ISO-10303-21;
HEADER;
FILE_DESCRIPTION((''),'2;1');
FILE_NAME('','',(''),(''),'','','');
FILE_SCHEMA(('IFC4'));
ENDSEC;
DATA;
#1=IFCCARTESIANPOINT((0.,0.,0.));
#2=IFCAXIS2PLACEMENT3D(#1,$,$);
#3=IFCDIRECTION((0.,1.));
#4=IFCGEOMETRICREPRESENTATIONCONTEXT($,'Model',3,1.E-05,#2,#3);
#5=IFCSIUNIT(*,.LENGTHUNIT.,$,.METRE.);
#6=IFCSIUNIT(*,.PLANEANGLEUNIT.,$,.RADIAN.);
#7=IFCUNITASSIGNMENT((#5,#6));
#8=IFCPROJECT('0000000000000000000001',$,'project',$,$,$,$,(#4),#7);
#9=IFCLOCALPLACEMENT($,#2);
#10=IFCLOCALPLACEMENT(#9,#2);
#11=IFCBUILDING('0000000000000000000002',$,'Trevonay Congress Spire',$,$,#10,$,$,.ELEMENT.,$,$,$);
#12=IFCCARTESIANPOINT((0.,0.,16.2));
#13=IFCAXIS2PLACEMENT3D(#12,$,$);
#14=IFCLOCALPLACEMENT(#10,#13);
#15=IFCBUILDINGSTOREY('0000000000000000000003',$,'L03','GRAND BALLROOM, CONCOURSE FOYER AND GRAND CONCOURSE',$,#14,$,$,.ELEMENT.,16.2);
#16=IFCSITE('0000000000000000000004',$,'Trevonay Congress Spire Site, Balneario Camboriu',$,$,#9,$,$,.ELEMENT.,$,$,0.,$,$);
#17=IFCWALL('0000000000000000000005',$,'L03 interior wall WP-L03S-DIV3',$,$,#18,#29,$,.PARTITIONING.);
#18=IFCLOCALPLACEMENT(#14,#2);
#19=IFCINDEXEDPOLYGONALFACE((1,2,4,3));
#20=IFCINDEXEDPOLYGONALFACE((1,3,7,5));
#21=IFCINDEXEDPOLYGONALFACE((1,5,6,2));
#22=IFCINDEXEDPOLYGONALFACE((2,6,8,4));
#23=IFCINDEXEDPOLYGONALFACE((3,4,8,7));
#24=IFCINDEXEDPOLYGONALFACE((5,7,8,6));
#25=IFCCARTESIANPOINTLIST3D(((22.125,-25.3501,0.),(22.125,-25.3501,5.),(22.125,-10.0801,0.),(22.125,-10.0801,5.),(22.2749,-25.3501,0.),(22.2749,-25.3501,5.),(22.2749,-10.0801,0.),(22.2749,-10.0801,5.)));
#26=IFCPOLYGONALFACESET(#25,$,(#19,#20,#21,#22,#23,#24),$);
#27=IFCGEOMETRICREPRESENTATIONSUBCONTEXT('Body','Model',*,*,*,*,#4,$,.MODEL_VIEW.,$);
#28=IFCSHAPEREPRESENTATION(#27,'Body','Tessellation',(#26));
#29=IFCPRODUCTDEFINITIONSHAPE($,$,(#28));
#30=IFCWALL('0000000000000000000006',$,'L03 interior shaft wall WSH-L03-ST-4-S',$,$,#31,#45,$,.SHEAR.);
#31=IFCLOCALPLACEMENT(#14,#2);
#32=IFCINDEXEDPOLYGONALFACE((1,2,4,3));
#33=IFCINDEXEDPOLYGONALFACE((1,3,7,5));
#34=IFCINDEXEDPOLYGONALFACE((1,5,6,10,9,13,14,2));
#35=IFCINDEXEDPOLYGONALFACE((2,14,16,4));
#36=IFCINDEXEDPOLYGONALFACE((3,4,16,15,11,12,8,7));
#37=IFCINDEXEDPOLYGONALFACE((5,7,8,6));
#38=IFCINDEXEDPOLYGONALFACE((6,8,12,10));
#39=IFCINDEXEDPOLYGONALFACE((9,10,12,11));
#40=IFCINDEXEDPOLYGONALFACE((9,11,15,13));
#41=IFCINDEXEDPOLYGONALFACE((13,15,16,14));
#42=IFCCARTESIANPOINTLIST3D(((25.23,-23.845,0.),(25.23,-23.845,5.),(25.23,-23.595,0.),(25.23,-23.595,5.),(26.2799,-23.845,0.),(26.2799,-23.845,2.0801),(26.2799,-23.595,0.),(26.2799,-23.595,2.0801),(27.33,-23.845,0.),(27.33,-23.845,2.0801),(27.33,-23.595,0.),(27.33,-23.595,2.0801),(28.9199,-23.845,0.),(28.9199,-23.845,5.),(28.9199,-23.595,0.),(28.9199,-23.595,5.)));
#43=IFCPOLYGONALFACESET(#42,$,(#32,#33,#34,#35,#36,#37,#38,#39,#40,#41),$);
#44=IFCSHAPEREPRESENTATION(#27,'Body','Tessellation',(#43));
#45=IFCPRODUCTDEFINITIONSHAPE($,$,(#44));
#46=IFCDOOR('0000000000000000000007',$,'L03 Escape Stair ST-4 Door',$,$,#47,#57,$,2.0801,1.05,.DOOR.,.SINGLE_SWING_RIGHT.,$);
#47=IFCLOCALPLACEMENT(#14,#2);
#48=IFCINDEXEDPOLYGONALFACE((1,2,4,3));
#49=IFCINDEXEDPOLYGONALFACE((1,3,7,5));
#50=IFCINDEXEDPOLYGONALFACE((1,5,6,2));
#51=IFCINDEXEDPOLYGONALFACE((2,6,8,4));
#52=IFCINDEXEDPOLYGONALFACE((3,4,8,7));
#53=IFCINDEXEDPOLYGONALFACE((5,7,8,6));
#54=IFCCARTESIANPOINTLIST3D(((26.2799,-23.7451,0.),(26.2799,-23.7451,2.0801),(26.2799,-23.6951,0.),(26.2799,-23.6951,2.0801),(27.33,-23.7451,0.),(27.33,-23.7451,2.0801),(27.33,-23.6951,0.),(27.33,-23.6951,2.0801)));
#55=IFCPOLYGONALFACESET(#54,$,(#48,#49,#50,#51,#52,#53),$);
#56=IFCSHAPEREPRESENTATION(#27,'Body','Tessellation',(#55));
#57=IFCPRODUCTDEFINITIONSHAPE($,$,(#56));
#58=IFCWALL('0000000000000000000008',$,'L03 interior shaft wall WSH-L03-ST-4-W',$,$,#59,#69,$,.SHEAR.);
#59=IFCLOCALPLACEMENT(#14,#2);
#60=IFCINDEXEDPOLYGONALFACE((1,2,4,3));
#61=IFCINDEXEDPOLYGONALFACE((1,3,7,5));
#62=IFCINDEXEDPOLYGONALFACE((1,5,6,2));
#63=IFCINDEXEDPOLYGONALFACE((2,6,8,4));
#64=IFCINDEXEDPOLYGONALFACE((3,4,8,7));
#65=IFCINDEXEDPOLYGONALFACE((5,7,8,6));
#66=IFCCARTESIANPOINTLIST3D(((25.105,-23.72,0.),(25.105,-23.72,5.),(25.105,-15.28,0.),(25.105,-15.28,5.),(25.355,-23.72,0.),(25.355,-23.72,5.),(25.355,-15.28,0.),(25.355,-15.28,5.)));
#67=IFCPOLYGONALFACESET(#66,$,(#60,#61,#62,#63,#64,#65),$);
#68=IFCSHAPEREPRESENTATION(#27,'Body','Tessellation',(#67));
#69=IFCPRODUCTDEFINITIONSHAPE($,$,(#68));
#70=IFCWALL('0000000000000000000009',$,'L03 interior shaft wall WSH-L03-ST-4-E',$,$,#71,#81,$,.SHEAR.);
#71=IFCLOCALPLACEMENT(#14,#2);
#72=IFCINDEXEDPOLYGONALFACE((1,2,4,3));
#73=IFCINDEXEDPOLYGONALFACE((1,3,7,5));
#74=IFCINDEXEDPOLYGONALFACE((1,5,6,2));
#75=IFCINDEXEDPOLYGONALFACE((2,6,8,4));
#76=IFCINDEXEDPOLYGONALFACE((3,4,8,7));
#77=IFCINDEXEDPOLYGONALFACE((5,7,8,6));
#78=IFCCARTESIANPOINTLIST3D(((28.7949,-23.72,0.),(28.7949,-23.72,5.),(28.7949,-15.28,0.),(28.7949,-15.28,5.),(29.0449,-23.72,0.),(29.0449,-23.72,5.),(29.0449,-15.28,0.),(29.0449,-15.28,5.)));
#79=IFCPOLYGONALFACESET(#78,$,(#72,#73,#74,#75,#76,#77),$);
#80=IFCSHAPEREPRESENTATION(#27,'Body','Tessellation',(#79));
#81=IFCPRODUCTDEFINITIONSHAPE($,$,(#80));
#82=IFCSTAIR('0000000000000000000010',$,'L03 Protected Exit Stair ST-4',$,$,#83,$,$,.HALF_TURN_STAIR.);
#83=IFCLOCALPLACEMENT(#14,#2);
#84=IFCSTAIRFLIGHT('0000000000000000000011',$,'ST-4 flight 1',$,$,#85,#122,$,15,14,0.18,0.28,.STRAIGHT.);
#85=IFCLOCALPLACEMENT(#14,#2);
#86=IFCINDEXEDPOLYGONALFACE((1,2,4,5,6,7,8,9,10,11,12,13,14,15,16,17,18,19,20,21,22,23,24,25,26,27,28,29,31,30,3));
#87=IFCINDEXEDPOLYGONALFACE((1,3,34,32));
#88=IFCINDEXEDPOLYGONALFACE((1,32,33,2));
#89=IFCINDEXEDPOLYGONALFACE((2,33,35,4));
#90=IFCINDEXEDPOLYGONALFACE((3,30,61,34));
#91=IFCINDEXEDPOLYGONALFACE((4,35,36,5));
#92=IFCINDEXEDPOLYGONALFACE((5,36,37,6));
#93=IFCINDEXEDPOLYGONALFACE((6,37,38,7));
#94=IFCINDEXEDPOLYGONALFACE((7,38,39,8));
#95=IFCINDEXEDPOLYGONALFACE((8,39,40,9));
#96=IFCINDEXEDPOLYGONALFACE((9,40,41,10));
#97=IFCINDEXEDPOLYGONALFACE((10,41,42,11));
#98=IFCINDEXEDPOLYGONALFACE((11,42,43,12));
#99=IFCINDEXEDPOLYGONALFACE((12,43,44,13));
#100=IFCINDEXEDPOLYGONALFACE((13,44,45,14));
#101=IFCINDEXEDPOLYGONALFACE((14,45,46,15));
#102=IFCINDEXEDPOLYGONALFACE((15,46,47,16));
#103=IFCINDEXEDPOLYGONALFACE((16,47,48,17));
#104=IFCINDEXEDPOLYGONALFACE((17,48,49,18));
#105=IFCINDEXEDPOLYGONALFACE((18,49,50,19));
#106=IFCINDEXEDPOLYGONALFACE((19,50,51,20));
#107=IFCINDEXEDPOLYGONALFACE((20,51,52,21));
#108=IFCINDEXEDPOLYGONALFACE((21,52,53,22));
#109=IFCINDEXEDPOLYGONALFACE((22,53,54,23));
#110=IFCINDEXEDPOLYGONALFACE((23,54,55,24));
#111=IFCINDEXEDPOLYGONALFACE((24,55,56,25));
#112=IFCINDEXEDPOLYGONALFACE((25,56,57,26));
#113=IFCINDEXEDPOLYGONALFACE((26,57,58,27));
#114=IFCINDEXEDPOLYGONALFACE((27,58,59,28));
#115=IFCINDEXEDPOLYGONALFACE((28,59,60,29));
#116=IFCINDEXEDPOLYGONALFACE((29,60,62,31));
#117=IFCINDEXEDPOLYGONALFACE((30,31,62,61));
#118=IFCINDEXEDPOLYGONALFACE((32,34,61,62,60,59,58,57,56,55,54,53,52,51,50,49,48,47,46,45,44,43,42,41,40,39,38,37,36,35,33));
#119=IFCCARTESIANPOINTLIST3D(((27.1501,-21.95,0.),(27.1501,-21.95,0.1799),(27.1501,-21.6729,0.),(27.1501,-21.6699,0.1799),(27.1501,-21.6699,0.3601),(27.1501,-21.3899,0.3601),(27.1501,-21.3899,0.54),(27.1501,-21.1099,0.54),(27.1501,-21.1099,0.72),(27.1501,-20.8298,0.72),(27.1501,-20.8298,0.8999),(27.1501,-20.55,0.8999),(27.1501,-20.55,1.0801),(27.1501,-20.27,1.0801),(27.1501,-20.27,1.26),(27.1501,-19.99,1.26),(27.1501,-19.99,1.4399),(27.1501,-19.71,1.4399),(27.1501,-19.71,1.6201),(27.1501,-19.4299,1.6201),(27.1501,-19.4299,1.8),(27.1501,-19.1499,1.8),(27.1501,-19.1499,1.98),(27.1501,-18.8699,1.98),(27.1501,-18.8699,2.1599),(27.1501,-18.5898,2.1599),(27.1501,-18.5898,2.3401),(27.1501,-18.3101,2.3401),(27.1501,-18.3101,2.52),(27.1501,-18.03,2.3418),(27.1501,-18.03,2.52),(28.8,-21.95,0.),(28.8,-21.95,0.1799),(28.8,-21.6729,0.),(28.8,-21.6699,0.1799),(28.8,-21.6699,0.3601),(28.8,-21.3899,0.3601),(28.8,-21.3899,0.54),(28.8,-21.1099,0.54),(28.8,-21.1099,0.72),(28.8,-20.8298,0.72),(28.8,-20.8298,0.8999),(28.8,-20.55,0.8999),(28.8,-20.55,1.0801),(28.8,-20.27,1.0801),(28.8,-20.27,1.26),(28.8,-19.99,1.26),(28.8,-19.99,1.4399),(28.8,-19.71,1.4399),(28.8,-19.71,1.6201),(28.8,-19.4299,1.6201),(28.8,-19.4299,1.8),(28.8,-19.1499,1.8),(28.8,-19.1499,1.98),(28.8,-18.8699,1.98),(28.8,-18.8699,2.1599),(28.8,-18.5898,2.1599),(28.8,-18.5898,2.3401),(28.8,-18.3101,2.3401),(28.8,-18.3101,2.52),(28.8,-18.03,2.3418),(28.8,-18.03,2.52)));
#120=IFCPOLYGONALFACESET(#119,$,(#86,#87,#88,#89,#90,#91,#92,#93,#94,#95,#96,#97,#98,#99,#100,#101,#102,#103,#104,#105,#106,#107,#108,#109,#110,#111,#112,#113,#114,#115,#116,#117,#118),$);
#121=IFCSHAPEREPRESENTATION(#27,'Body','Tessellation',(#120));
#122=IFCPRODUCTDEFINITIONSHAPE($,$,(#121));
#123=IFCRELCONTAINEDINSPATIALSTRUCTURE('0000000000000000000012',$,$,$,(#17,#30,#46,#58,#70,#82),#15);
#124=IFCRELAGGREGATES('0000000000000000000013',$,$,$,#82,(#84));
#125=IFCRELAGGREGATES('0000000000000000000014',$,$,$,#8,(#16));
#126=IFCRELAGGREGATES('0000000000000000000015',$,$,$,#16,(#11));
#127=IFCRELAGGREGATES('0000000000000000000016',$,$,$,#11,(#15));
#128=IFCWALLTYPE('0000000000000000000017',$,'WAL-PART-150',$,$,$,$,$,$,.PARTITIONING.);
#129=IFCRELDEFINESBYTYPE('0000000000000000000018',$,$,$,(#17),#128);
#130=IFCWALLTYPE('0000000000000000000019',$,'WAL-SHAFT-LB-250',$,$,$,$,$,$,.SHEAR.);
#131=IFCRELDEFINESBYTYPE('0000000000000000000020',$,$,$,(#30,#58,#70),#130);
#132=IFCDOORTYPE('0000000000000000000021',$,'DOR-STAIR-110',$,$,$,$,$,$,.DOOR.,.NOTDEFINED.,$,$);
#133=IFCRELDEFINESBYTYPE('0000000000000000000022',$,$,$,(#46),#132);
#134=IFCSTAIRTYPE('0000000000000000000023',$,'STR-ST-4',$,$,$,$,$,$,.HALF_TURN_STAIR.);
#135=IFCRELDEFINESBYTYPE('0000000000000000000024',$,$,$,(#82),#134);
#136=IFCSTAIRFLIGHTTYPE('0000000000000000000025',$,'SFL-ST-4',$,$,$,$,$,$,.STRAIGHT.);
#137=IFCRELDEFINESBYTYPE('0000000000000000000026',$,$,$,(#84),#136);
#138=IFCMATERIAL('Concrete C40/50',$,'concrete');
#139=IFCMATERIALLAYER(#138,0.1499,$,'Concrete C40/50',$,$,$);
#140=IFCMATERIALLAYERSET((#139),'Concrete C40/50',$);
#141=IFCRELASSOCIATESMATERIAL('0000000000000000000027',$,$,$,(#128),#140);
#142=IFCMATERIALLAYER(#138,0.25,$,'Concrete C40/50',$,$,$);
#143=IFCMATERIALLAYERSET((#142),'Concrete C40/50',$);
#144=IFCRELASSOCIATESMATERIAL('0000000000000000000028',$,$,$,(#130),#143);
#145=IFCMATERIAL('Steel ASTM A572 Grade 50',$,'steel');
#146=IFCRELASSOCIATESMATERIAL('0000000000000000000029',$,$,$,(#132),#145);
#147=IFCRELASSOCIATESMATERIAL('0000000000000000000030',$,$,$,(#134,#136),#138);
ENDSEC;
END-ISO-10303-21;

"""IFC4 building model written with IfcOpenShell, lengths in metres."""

from ifc_helpers import new_model, si_unit, direction, frame, frame_2d, origin, place, context, subcontext, project, spatial, polyline, rectangle, outline, extrude, material, layer, layer_set, type_object, element, fill, aggregate, save


model = new_model("IFC4")

# Units and contexts
model_context = context("Model", 3, precision=1e-05, world=origin(), true_north=direction((0.0, 1.0)))
body_context = subcontext(model_context, "Body", "Model", "MODEL_VIEW")
ifc_project = project(units=[si_unit("LENGTHUNIT", "METRE"), si_unit("PLANEANGLEUNIT", "RADIAN")], contexts=[model_context])

# Site, building, storey
site_placement = place(None, origin())
site = spatial("IfcSite", under=ifc_project, at=site_placement, Name="Trevonay Congress Spire Site, Balneario Camboriu", CompositionType="ELEMENT", RefElevation=0.0)
building_placement = place(site_placement, origin())
building = spatial("IfcBuilding", under=site, at=building_placement, Name="Trevonay Congress Spire", CompositionType="ELEMENT")
storey_placement = place(building_placement, frame((0.0, 0.0, 16.2)))
storey = spatial("IfcBuildingStorey", under=building, at=storey_placement, Name="L03", Description="GRAND BALLROOM, CONCOURSE FOYER AND GRAND CONCOURSE", CompositionType="ELEMENT", Elevation=16.2)

# Shared definitions
ifc_material_1 = material(Name="Steel ASTM A572 Grade 50", Category="steel")

# Wall
ifc_material_2 = material(Name="Concrete C40/50", Category="concrete")
ifc_layer_1 = layer(ifc_material_2, 0.1499, Name="Concrete C40/50")
ifc_layer_set_1 = layer_set([ifc_layer_1], Name="Concrete C40/50")
wall_type_1 = type_object("IfcWallType", Name="WAL-PART-150", PredefinedType="PARTITIONING", material=ifc_layer_set_1)
wall_1_placement = place(storey_placement, frame((22.2, -25.3501, 0.0), z_axis=(0.0, 0.0, 1.0), x_axis=(0.0, 1.0, 0.0)))
element("IfcWall", 1, at=wall_1_placement, inside=storey, type_object=wall_type_1, Name="L03 interior wall WP-L03S-DIV3", PredefinedType="PARTITIONING", context=body_context, shape_type="SweptSolid", body=[
    extrude(rectangle(XDim=15.27, YDim=0.1499, at=frame_2d((7.635, 0.0))), origin(), (0.0, 0.0, 1.0), 5.0),
])

# Wall, opening, door
ifc_layer_2 = layer(ifc_material_2, 0.25, Name="Concrete C40/50")
ifc_layer_set_2 = layer_set([ifc_layer_2], Name="Concrete C40/50")
wall_type_2 = type_object("IfcWallType", Name="WAL-SHAFT-LB-250", PredefinedType="SHEAR", material=ifc_layer_set_2)
wall_2_placement = place(storey_placement, frame((25.23, -23.72, 0.0), z_axis=(0.0, 0.0, 1.0), x_axis=(1.0, 0.0, 0.0)))
wall_2 = element("IfcWall", 2, at=wall_2_placement, inside=storey, type_object=wall_type_2, Name="L03 interior shaft wall WSH-L03-ST-4-S", PredefinedType="SHEAR", context=body_context, shape_type="SweptSolid", body=[
    extrude(rectangle(XDim=3.6899, YDim=0.25, at=frame_2d((1.845, 0.0))), origin(), (0.0, 0.0, 1.0), 5.0),
])
opening_placement = place(wall_2_placement, frame((1.05, 0.0, 0.0)))
opening = element("IfcOpeningElement", 3, at=opening_placement, cuts=wall_2, PredefinedType="OPENING", context=body_context, shape_type="SweptSolid", body=[
    extrude(rectangle(XDim=1.05, YDim=2.0801, at=frame_2d((0.5249, 1.04))), frame((0.0, 0.135, 0.0), z_axis=(0.0, -1.0, 0.0), x_axis=(1.0, 0.0, 0.0)), (0.0, 0.0, 1.0), 0.27),
])
door_type = type_object("IfcDoorType", Name="DOR-STAIR-110", OperationType="NOTDEFINED", PredefinedType="DOOR", material=ifc_material_1)
door_placement = place(opening_placement, origin())
door = element("IfcDoor", 4, at=door_placement, inside=storey, type_object=door_type, Name="L03 Escape Stair ST-4 Door", OperationType="SINGLE_SWING_RIGHT", OverallHeight=2.0801, OverallWidth=1.05, PredefinedType="DOOR", context=body_context, shape_type="SweptSolid", body=[
    extrude(rectangle(XDim=1.05, YDim=2.0801, at=frame_2d((0.5249, 1.04))), frame((0.0, 0.0249, 0.0), z_axis=(0.0, -1.0, 0.0), x_axis=(1.0, 0.0, 0.0)), (0.0, 0.0, 1.0), 0.05),
])
fill(opening, door)

# Walls
for number, where, z_axis, x_axis, name in (
    (5, (25.23, -23.72, 0.0), (0.0, 0.0, 1.0), (0.0, 1.0, 0.0), "L03 interior shaft wall WSH-L03-ST-4-W"),
    (6, (28.9199, -23.72, 0.0), (0.0, 0.0, 1.0), (0.0, 1.0, 0.0), "L03 interior shaft wall WSH-L03-ST-4-E"),
):
    element("IfcWall", number, at=place(storey_placement, frame(where, z_axis=z_axis, x_axis=x_axis)), inside=storey, type_object=wall_type_2, Name=name, PredefinedType="SHEAR", context=body_context, shape_type="SweptSolid", body=[
        extrude(rectangle(XDim=8.4399, YDim=0.25, at=frame_2d((4.22, 0.0))), origin(), (0.0, 0.0, 1.0), 5.0),
    ])

# Stair, stair flight
stair_type = type_object("IfcStairType", Name="STR-ST-4", PredefinedType="HALF_TURN_STAIR", material=ifc_material_2)
stair_placement = place(storey_placement, origin())
stair = element("IfcStair", 7, at=stair_placement, inside=storey, type_object=stair_type, Name="L03 Protected Exit Stair ST-4", PredefinedType="HALF_TURN_STAIR")
stair_flight_type = type_object("IfcStairFlightType", Name="SFL-ST-4", PredefinedType="STRAIGHT", material=ifc_material_2)
stair_flight_placement = place(storey_placement, frame((27.9751, -21.95, 0.0), z_axis=(0.0, 0.0, 1.0), x_axis=(0.0, 1.0, 0.0)))
stair_flight = element("IfcStairFlight", 8, at=stair_flight_placement, type_object=stair_flight_type, Name="ST-4 flight 1", NumberOfRisers=15, NumberOfTreads=14, PredefinedType="STRAIGHT", RiserHeight=0.18, TreadLength=0.28, context=body_context, shape_type="SweptSolid", body=[
    extrude(outline(polyline([(0.0, 0.0), (0.0, 0.1799), (0.28, 0.1799), (0.28, 0.3601), (0.5601, 0.3601), (0.5601, 0.54), (0.8401, 0.54), (0.8401, 0.72), (1.1201, 0.72), (1.1201, 0.8999), (1.3999, 0.8999), (1.3999, 1.0801), (1.6799, 1.0801), (1.6799, 1.26), (1.96, 1.26), (1.96, 1.4399), (2.24, 1.4399), (2.24, 1.6201), (2.52, 1.6201), (2.52, 1.8), (2.8, 1.8), (2.8, 1.98), (3.0801, 1.98), (3.0801, 2.1599), (3.3601, 2.1599), (3.3601, 2.3401), (3.6399, 2.3401), (3.6399, 2.52), (3.9199, 2.52), (3.9199, 2.7), (3.9199, 2.3418), (0.2771, 0.0), (0.0, 0.0)])), frame((0.0, 0.825, 0.0), z_axis=(0.0, -1.0, 0.0), x_axis=(1.0, 0.0, 0.0)), (0.0, 0.0, 1.0), 1.6499),
])
aggregate(stair, [stair_flight])

save(model, "model.ifc")
